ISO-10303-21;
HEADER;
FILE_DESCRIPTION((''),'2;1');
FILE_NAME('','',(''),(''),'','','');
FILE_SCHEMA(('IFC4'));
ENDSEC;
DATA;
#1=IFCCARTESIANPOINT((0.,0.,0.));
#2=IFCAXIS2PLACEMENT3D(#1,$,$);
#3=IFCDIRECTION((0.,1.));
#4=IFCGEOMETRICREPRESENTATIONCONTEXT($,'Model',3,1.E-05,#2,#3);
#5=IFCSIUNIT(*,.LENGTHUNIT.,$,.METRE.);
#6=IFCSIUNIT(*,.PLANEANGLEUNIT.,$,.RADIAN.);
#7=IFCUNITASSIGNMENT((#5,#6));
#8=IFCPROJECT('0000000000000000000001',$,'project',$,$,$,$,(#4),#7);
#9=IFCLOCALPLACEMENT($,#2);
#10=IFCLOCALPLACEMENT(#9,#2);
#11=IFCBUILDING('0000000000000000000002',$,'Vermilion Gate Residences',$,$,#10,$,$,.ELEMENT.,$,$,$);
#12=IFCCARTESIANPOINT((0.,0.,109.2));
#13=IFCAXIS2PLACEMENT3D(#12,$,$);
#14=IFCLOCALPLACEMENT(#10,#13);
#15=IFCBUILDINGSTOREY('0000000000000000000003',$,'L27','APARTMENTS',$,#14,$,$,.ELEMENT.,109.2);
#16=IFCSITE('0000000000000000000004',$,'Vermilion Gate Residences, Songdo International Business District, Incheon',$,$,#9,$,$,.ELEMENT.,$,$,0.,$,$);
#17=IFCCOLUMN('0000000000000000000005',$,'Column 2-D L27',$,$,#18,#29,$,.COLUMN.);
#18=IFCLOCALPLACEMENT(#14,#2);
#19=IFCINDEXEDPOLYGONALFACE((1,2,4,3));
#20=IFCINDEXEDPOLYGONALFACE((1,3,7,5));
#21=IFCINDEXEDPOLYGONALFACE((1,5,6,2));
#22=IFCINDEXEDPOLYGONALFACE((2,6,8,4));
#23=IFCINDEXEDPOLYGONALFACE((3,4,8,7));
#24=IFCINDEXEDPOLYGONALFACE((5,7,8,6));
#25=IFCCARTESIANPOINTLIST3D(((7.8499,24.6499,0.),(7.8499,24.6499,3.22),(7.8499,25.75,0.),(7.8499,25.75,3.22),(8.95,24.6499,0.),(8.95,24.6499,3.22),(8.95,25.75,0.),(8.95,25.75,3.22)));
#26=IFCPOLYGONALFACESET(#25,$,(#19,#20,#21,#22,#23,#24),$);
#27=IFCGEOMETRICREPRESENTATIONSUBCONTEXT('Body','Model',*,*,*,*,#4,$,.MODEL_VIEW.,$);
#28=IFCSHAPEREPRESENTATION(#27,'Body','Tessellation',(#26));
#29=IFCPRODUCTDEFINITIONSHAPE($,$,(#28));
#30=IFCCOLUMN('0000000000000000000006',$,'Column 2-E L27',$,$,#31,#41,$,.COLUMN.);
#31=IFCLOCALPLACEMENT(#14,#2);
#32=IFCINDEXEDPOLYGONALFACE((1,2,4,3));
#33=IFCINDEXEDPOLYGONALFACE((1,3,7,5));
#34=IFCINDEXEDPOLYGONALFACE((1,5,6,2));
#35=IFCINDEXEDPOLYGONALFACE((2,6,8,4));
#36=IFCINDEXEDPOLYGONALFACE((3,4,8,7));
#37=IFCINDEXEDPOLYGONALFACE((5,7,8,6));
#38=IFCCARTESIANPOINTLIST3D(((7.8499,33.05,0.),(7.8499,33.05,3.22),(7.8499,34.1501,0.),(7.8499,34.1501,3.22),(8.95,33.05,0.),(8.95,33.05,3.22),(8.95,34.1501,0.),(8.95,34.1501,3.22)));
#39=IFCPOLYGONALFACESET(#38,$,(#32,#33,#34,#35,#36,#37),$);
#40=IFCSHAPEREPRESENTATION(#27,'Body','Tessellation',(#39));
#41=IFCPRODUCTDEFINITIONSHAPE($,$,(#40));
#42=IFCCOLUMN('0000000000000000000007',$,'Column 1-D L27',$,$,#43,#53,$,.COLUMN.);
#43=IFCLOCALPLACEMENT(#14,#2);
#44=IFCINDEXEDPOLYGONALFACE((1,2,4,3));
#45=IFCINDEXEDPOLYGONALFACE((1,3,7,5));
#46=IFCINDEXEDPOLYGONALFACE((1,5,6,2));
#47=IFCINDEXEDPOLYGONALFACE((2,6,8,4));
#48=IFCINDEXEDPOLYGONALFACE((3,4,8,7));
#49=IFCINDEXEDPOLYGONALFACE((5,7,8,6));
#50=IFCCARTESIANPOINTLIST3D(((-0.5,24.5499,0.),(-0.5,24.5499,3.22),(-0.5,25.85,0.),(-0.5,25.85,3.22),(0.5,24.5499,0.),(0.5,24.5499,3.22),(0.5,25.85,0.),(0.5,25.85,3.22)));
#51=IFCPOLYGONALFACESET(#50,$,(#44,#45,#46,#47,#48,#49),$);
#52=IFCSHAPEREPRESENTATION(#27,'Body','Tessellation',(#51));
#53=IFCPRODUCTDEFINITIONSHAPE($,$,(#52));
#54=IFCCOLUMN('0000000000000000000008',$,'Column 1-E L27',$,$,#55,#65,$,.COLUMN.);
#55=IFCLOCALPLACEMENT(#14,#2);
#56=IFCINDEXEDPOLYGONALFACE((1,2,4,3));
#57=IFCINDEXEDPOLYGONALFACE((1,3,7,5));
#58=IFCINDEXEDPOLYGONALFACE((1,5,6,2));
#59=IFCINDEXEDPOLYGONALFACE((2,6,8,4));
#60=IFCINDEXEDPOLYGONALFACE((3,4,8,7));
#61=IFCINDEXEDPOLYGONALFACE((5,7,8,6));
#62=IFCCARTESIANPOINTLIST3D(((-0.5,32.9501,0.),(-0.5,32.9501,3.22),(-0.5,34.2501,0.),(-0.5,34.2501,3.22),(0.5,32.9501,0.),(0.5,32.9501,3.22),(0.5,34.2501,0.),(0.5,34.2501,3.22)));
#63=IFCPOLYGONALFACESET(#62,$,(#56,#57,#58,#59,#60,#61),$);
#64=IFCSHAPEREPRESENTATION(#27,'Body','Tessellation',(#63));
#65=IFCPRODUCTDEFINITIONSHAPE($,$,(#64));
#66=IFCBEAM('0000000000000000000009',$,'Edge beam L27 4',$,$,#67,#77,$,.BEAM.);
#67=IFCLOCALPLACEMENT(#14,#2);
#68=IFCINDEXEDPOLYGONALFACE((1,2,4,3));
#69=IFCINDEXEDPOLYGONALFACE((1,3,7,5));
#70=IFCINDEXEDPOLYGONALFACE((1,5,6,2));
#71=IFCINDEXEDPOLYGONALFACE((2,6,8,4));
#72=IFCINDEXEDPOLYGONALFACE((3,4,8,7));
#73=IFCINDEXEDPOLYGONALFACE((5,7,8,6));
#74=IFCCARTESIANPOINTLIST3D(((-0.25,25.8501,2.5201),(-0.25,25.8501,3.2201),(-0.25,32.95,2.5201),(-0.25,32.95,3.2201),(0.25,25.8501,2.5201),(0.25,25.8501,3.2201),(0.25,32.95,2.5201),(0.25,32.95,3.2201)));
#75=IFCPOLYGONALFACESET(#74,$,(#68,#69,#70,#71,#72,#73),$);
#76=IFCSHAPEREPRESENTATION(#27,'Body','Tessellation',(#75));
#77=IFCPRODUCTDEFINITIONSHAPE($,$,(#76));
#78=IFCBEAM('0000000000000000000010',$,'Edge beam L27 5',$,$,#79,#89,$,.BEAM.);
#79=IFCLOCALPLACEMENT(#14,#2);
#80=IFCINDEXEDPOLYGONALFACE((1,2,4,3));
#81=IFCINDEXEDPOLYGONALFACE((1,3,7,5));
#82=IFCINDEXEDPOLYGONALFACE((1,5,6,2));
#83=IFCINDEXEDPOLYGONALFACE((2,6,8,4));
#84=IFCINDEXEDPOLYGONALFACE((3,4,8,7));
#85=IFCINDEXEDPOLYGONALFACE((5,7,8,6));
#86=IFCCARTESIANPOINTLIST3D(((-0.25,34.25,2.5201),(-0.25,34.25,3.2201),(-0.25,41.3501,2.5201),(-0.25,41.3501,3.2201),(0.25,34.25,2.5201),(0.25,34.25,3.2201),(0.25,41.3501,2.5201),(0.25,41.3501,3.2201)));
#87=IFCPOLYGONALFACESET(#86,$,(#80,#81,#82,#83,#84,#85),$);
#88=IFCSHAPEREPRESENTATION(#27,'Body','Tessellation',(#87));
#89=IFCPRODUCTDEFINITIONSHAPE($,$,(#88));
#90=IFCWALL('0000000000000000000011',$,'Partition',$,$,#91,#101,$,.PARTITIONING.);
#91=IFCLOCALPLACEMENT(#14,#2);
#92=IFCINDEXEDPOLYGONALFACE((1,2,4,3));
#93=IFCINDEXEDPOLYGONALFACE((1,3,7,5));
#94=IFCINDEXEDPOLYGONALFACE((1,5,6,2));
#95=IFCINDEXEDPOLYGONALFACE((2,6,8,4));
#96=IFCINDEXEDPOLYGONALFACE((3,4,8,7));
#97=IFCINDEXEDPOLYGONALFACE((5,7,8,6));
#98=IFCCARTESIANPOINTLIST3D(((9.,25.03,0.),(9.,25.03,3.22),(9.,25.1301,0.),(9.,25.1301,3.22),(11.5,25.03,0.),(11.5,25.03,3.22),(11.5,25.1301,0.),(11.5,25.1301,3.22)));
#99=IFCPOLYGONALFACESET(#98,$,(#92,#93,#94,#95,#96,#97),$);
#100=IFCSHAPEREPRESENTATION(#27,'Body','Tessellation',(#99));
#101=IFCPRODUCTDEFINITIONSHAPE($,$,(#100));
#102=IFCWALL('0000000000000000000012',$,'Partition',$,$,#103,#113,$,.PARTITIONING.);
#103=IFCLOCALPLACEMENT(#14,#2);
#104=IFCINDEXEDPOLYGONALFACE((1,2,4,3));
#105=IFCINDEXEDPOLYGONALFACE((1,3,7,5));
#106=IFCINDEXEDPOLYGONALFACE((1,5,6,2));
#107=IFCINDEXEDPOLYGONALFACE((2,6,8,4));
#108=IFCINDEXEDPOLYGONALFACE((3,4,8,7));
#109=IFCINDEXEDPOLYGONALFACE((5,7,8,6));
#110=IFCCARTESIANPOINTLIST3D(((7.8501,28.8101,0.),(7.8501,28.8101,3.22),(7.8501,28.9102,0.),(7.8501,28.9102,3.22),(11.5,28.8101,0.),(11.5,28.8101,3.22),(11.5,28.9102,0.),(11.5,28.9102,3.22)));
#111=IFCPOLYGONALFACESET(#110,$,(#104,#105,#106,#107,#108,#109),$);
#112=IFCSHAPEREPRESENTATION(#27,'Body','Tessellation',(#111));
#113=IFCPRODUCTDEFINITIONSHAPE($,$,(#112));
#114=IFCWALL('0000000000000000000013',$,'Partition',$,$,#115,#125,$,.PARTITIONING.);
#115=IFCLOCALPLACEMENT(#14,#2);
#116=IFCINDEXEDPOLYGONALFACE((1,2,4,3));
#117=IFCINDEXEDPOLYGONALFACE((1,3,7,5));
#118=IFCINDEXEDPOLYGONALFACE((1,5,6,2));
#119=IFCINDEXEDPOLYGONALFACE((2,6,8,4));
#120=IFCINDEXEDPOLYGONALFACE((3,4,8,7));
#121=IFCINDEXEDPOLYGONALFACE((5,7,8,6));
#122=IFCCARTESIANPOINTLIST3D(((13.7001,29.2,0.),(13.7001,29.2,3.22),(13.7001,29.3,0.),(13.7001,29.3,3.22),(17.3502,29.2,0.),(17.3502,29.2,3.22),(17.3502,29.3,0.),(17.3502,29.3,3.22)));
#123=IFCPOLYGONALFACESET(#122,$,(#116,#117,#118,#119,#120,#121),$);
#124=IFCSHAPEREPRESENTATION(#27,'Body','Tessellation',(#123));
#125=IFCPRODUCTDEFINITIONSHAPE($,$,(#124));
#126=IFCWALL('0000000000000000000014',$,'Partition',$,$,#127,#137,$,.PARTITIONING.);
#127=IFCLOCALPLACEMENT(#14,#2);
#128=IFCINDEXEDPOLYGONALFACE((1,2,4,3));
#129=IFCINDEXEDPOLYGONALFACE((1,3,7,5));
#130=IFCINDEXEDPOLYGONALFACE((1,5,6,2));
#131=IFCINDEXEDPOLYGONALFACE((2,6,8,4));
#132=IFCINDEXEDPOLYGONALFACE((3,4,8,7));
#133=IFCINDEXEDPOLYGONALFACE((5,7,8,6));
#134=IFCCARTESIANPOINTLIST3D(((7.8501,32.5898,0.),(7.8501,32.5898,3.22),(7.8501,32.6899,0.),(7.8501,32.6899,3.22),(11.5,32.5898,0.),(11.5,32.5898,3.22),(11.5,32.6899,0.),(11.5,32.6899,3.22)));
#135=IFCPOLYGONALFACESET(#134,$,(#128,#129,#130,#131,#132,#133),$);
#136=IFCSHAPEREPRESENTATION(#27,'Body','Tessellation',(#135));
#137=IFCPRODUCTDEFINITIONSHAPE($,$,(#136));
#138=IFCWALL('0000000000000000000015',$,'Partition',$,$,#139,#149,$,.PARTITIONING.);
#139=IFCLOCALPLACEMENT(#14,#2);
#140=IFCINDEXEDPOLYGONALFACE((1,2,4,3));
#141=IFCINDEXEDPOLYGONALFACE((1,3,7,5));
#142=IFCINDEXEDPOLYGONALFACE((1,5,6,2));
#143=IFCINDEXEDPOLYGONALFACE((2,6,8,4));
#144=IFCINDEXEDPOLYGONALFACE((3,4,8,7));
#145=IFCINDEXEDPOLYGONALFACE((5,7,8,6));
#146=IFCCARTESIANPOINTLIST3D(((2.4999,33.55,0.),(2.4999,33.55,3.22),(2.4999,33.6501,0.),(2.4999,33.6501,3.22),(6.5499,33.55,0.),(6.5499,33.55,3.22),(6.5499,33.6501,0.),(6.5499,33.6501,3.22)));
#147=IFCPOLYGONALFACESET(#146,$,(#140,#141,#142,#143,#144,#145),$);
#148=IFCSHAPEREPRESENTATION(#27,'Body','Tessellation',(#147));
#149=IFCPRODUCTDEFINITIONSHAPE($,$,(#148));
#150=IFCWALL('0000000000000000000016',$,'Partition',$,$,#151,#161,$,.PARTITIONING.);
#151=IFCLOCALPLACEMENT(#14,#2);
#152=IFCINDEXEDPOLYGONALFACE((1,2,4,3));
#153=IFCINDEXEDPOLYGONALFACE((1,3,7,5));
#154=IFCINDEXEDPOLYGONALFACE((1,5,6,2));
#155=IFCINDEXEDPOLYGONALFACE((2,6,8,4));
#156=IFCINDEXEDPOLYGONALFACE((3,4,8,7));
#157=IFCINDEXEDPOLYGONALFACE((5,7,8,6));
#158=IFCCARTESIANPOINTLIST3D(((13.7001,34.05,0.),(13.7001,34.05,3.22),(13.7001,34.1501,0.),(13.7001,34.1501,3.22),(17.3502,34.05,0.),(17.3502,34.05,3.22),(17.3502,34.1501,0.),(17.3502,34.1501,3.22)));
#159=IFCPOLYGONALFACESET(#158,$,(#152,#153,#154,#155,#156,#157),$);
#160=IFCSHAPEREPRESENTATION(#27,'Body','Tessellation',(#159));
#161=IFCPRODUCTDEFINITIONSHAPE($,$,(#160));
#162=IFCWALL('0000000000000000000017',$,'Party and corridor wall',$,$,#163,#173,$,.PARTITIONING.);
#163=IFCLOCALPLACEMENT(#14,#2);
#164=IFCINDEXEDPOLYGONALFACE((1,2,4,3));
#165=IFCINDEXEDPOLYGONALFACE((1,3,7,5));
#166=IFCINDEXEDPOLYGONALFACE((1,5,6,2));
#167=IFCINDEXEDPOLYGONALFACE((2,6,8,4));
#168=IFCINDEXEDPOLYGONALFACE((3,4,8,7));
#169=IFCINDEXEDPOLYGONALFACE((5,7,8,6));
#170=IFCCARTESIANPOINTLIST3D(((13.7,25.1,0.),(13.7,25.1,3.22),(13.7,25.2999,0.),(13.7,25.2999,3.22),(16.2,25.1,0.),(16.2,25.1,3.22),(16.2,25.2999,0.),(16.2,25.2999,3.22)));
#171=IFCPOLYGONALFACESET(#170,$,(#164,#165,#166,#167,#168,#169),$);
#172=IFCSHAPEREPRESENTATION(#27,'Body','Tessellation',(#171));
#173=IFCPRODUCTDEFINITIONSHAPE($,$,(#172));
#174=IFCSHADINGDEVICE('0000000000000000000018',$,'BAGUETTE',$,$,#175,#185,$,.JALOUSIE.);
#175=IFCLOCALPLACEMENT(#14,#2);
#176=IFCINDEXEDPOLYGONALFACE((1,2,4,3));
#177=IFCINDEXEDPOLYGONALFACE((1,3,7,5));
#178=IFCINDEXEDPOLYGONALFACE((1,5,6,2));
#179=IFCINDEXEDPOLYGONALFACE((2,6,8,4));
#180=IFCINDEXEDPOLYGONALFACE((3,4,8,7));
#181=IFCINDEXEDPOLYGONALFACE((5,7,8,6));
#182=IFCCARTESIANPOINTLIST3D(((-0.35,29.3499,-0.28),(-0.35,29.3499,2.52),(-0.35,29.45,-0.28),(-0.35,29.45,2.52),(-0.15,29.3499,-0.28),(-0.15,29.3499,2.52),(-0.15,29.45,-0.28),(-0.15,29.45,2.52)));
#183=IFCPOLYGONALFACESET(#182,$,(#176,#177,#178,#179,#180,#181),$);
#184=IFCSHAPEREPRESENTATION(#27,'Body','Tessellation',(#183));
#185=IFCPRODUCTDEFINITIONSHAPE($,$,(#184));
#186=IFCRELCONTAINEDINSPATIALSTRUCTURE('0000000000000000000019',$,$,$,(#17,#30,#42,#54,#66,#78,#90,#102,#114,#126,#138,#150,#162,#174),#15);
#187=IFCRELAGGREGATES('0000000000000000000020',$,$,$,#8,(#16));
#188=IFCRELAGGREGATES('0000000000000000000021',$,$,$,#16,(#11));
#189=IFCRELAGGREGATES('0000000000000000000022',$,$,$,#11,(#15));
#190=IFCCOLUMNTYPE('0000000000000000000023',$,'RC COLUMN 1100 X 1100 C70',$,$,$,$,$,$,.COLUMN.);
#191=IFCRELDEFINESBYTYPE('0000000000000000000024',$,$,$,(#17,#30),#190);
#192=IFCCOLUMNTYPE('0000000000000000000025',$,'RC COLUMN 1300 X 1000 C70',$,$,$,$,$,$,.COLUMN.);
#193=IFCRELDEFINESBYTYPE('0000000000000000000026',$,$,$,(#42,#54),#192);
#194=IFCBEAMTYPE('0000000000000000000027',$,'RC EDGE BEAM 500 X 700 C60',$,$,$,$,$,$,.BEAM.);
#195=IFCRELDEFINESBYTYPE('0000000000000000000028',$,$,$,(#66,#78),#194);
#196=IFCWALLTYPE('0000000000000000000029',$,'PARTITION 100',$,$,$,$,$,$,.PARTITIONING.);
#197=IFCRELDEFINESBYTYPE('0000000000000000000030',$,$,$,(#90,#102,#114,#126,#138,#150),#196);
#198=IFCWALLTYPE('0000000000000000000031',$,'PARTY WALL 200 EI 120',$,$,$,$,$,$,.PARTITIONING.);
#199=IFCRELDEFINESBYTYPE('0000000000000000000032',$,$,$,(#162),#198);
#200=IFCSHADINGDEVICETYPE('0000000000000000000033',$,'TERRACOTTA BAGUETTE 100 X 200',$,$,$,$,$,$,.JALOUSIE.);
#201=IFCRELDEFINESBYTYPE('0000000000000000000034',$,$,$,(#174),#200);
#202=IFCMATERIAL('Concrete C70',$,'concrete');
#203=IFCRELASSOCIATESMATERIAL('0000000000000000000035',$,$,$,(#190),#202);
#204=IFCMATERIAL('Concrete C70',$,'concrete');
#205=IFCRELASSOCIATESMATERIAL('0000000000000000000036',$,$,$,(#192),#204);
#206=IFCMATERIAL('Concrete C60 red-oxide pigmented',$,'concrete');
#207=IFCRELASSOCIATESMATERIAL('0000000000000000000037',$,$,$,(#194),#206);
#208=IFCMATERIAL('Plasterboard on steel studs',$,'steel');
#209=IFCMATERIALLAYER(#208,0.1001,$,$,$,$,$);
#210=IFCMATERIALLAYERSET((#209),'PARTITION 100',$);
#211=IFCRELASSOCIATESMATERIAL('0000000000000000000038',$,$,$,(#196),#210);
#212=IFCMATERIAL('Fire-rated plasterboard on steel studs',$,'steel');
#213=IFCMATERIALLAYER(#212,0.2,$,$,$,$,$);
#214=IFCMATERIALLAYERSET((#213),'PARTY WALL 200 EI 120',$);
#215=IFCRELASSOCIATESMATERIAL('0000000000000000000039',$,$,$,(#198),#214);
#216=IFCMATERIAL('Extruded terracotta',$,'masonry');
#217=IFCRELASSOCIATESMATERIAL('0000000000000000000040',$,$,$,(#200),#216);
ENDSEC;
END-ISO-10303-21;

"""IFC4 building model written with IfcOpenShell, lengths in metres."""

from ifc_helpers import new_model, si_unit, direction, frame, frame_2d, origin, origin_2d, place, context, subcontext, project, spatial, rectangle, extrude, material, layer, layer_set, material_profile, profile_set, type_object, element, save


model = new_model("IFC4")

# Units and contexts
model_context = context("Model", 3, precision=1e-05, world=origin(), true_north=direction((0.0, 1.0)))
body_context = subcontext(model_context, "Body", "Model", "MODEL_VIEW")
ifc_project = project(units=[si_unit("LENGTHUNIT", "METRE"), si_unit("PLANEANGLEUNIT", "RADIAN")], contexts=[model_context])

# Site, building, storey
site_placement = place(None, origin())
site = spatial("IfcSite", under=ifc_project, at=site_placement, Name="Vermilion Gate Residences, Songdo International Business District, Incheon", CompositionType="ELEMENT", RefElevation=0.0)
building_placement = place(site_placement, origin())
building = spatial("IfcBuilding", under=site, at=building_placement, Name="Vermilion Gate Residences", CompositionType="ELEMENT")
storey_placement = place(building_placement, frame((0.0, 0.0, 109.2)))
storey = spatial("IfcBuildingStorey", under=building, at=storey_placement, Name="L27", Description="APARTMENTS", CompositionType="ELEMENT", Elevation=109.2)

# Columns
ifc_material_1 = material(Name="Concrete C70", Category="concrete")
ifc_material_profile_1 = material_profile(ifc_material_1, rectangle(XDim=1.1001, YDim=1.1001, at=origin_2d()), Name="RC-1100x1100")
ifc_profile_set_1 = profile_set([ifc_material_profile_1], Name="Concrete C70")
column_type_1 = type_object("IfcColumnType", Name="RC COLUMN 1100 X 1100 C70", PredefinedType="COLUMN", material=ifc_profile_set_1)
for number, where, z_axis, x_axis, name in (
    (1, (8.3999, 25.2, 0.0), (0.0, 0.0, 1.0), (1.0, 0.0, 0.0), "Column 2-D L27"),
    (2, (8.3999, 33.6001, 0.0), (0.0, 0.0, 1.0), (1.0, 0.0, 0.0), "Column 2-E L27"),
):
    element("IfcColumn", number, at=place(storey_placement, frame(where, z_axis=z_axis, x_axis=x_axis)), inside=storey, type_object=column_type_1, Name=name, PredefinedType="COLUMN", context=body_context, shape_type="SweptSolid", body=[
        extrude(rectangle(XDim=1.1001, YDim=1.1001, at=origin_2d()), origin(), (0.0, 0.0, 1.0), 3.22),
    ])
ifc_material_2 = material(Name="Concrete C70", Category="concrete")
ifc_material_profile_2 = material_profile(ifc_material_2, rectangle(XDim=1.3, YDim=1.0, at=origin_2d()), Name="RC-1300x1000")
ifc_profile_set_2 = profile_set([ifc_material_profile_2], Name="Concrete C70")
column_type_2 = type_object("IfcColumnType", Name="RC COLUMN 1300 X 1000 C70", PredefinedType="COLUMN", material=ifc_profile_set_2)
for number, where, z_axis, x_axis, name in (
    (3, (0.0, 25.2, 0.0), (0.0, 0.0, 1.0), (0.0, 1.0, 0.0), "Column 1-D L27"),
    (4, (0.0, 33.6001, 0.0), (0.0, 0.0, 1.0), (0.0, 1.0, 0.0), "Column 1-E L27"),
):
    element("IfcColumn", number, at=place(storey_placement, frame(where, z_axis=z_axis, x_axis=x_axis)), inside=storey, type_object=column_type_2, Name=name, PredefinedType="COLUMN", context=body_context, shape_type="SweptSolid", body=[
        extrude(rectangle(XDim=1.3, YDim=1.0, at=origin_2d()), origin(), (0.0, 0.0, 1.0), 3.22),
    ])

# Beams
ifc_material_3 = material(Name="Concrete C60 red-oxide pigmented", Category="concrete")
ifc_material_profile_3 = material_profile(ifc_material_3, rectangle(XDim=0.5, YDim=0.7, at=origin_2d()), Name="RC-500x700")
ifc_profile_set_3 = profile_set([ifc_material_profile_3], Name="Concrete C60 red-oxide pigmented")
beam_type = type_object("IfcBeamType", Name="RC EDGE BEAM 500 X 700 C60", PredefinedType="BEAM", material=ifc_profile_set_3)
beam_1_placement = place(storey_placement, frame((0.0, 25.8501, 2.8701), z_axis=(0.0, 1.0, 0.0), x_axis=(-1.0, 0.0, 0.0)))
element("IfcBeam", 5, at=beam_1_placement, inside=storey, type_object=beam_type, Name="Edge beam L27 4", PredefinedType="BEAM", context=body_context, shape_type="SweptSolid", body=[
    extrude(rectangle(XDim=0.5, YDim=0.7, at=origin_2d()), origin(), (0.0, 0.0, 1.0), 7.0999),
])
beam_2_placement = place(storey_placement, frame((0.0, 34.25, 2.8701), z_axis=(0.0, 1.0, 0.0), x_axis=(-1.0, 0.0, 0.0)))
element("IfcBeam", 6, at=beam_2_placement, inside=storey, type_object=beam_type, Name="Edge beam L27 5", PredefinedType="BEAM", context=body_context, shape_type="SweptSolid", body=[
    extrude(rectangle(XDim=0.5, YDim=0.7, at=origin_2d()), origin(), (0.0, 0.0, 1.0), 7.1001),
])

# Walls
ifc_material_4 = material(Name="Plasterboard on steel studs", Category="steel")
ifc_layer_1 = layer(ifc_material_4, 0.1001)
ifc_layer_set_1 = layer_set([ifc_layer_1], Name="PARTITION 100")
wall_type_1 = type_object("IfcWallType", Name="PARTITION 100", PredefinedType="PARTITIONING", material=ifc_layer_set_1)
wall_1_placement = place(storey_placement, frame((9.0, 25.0801, 0.0), z_axis=(0.0, 0.0, 1.0), x_axis=(1.0, 0.0, 0.0)))
element("IfcWall", 7, at=wall_1_placement, inside=storey, type_object=wall_type_1, Name="Partition", PredefinedType="PARTITIONING", context=body_context, shape_type="SweptSolid", body=[
    extrude(rectangle(XDim=2.5, YDim=0.1001, at=frame_2d((1.25, 0.0))), origin(), (0.0, 0.0, 1.0), 3.22),
])
wall_2_placement = place(storey_placement, frame((7.8501, 28.8601, 0.0), z_axis=(0.0, 0.0, 1.0), x_axis=(1.0, 0.0, 0.0)))
element("IfcWall", 8, at=wall_2_placement, inside=storey, type_object=wall_type_1, Name="Partition", PredefinedType="PARTITIONING", context=body_context, shape_type="SweptSolid", body=[
    extrude(rectangle(XDim=3.6499, YDim=0.1001, at=frame_2d((1.825, 0.0))), origin(), (0.0, 0.0, 1.0), 3.22),
])
wall_3_placement = place(storey_placement, frame((13.7, 29.25, 0.0), z_axis=(0.0, 0.0, 1.0), x_axis=(1.0, 0.0, 0.0)))
element("IfcWall", 9, at=wall_3_placement, inside=storey, type_object=wall_type_1, Name="Partition", PredefinedType="PARTITIONING", context=body_context, shape_type="SweptSolid", body=[
    extrude(rectangle(XDim=3.6501, YDim=0.1001, at=frame_2d((1.8252, 0.0))), origin(), (0.0, 0.0, 1.0), 3.22),
])
wall_4_placement = place(storey_placement, frame((7.8501, 32.6399, 0.0), z_axis=(0.0, 0.0, 1.0), x_axis=(1.0, 0.0, 0.0)))
element("IfcWall", 10, at=wall_4_placement, inside=storey, type_object=wall_type_1, Name="Partition", PredefinedType="PARTITIONING", context=body_context, shape_type="SweptSolid", body=[
    extrude(rectangle(XDim=3.6499, YDim=0.1001, at=frame_2d((1.825, 0.0))), origin(), (0.0, 0.0, 1.0), 3.22),
])
wall_5_placement = place(storey_placement, frame((2.5, 33.6001, 0.0), z_axis=(0.0, 0.0, 1.0), x_axis=(1.0, 0.0, 0.0)))
element("IfcWall", 11, at=wall_5_placement, inside=storey, type_object=wall_type_1, Name="Partition", PredefinedType="PARTITIONING", context=body_context, shape_type="SweptSolid", body=[
    extrude(rectangle(XDim=4.05, YDim=0.1001, at=frame_2d((2.0249, 0.0))), origin(), (0.0, 0.0, 1.0), 3.22),
])
wall_6_placement = place(storey_placement, frame((13.7, 34.1001, 0.0), z_axis=(0.0, 0.0, 1.0), x_axis=(1.0, 0.0, 0.0)))
element("IfcWall", 12, at=wall_6_placement, inside=storey, type_object=wall_type_1, Name="Partition", PredefinedType="PARTITIONING", context=body_context, shape_type="SweptSolid", body=[
    extrude(rectangle(XDim=3.6501, YDim=0.1001, at=frame_2d((1.8252, 0.0))), origin(), (0.0, 0.0, 1.0), 3.22),
])
ifc_material_5 = material(Name="Fire-rated plasterboard on steel studs", Category="steel")
ifc_layer_2 = layer(ifc_material_5, 0.2)
ifc_layer_set_2 = layer_set([ifc_layer_2], Name="PARTY WALL 200 EI 120")
wall_type_2 = type_object("IfcWallType", Name="PARTY WALL 200 EI 120", PredefinedType="PARTITIONING", material=ifc_layer_set_2)
wall_7_placement = place(storey_placement, frame((13.7, 25.2, 0.0), z_axis=(0.0, 0.0, 1.0), x_axis=(1.0, 0.0, 0.0)))
element("IfcWall", 13, at=wall_7_placement, inside=storey, type_object=wall_type_2, Name="Party and corridor wall", PredefinedType="PARTITIONING", context=body_context, shape_type="SweptSolid", body=[
    extrude(rectangle(XDim=2.5, YDim=0.2, at=frame_2d((1.25, 0.0))), origin(), (0.0, 0.0, 1.0), 3.22),
])

# Shading device
ifc_material_6 = material(Name="Extruded terracotta", Category="masonry")
ifc_material_profile_4 = material_profile(ifc_material_6, rectangle(XDim=0.2, YDim=0.1001, at=origin_2d()), Name="BAGUETTE 100 X 200")
ifc_profile_set_4 = profile_set([ifc_material_profile_4], Name="Extruded terracotta")
shading_device_type = type_object("IfcShadingDeviceType", Name="TERRACOTTA BAGUETTE 100 X 200", PredefinedType="JALOUSIE", material=ifc_profile_set_4)
shading_device_placement = place(storey_placement, frame((-0.25, 29.3999, -0.28), z_axis=(0.0, 0.0, 1.0), x_axis=(1.0, 0.0, 0.0)))
element("IfcShadingDevice", 14, at=shading_device_placement, inside=storey, type_object=shading_device_type, Name="BAGUETTE", PredefinedType="JALOUSIE", context=body_context, shape_type="SweptSolid", body=[
    extrude(rectangle(XDim=0.2, YDim=0.1001, at=origin_2d()), origin(), (0.0, 0.0, 1.0), 2.8),
])

save(model, "model.ifc")
